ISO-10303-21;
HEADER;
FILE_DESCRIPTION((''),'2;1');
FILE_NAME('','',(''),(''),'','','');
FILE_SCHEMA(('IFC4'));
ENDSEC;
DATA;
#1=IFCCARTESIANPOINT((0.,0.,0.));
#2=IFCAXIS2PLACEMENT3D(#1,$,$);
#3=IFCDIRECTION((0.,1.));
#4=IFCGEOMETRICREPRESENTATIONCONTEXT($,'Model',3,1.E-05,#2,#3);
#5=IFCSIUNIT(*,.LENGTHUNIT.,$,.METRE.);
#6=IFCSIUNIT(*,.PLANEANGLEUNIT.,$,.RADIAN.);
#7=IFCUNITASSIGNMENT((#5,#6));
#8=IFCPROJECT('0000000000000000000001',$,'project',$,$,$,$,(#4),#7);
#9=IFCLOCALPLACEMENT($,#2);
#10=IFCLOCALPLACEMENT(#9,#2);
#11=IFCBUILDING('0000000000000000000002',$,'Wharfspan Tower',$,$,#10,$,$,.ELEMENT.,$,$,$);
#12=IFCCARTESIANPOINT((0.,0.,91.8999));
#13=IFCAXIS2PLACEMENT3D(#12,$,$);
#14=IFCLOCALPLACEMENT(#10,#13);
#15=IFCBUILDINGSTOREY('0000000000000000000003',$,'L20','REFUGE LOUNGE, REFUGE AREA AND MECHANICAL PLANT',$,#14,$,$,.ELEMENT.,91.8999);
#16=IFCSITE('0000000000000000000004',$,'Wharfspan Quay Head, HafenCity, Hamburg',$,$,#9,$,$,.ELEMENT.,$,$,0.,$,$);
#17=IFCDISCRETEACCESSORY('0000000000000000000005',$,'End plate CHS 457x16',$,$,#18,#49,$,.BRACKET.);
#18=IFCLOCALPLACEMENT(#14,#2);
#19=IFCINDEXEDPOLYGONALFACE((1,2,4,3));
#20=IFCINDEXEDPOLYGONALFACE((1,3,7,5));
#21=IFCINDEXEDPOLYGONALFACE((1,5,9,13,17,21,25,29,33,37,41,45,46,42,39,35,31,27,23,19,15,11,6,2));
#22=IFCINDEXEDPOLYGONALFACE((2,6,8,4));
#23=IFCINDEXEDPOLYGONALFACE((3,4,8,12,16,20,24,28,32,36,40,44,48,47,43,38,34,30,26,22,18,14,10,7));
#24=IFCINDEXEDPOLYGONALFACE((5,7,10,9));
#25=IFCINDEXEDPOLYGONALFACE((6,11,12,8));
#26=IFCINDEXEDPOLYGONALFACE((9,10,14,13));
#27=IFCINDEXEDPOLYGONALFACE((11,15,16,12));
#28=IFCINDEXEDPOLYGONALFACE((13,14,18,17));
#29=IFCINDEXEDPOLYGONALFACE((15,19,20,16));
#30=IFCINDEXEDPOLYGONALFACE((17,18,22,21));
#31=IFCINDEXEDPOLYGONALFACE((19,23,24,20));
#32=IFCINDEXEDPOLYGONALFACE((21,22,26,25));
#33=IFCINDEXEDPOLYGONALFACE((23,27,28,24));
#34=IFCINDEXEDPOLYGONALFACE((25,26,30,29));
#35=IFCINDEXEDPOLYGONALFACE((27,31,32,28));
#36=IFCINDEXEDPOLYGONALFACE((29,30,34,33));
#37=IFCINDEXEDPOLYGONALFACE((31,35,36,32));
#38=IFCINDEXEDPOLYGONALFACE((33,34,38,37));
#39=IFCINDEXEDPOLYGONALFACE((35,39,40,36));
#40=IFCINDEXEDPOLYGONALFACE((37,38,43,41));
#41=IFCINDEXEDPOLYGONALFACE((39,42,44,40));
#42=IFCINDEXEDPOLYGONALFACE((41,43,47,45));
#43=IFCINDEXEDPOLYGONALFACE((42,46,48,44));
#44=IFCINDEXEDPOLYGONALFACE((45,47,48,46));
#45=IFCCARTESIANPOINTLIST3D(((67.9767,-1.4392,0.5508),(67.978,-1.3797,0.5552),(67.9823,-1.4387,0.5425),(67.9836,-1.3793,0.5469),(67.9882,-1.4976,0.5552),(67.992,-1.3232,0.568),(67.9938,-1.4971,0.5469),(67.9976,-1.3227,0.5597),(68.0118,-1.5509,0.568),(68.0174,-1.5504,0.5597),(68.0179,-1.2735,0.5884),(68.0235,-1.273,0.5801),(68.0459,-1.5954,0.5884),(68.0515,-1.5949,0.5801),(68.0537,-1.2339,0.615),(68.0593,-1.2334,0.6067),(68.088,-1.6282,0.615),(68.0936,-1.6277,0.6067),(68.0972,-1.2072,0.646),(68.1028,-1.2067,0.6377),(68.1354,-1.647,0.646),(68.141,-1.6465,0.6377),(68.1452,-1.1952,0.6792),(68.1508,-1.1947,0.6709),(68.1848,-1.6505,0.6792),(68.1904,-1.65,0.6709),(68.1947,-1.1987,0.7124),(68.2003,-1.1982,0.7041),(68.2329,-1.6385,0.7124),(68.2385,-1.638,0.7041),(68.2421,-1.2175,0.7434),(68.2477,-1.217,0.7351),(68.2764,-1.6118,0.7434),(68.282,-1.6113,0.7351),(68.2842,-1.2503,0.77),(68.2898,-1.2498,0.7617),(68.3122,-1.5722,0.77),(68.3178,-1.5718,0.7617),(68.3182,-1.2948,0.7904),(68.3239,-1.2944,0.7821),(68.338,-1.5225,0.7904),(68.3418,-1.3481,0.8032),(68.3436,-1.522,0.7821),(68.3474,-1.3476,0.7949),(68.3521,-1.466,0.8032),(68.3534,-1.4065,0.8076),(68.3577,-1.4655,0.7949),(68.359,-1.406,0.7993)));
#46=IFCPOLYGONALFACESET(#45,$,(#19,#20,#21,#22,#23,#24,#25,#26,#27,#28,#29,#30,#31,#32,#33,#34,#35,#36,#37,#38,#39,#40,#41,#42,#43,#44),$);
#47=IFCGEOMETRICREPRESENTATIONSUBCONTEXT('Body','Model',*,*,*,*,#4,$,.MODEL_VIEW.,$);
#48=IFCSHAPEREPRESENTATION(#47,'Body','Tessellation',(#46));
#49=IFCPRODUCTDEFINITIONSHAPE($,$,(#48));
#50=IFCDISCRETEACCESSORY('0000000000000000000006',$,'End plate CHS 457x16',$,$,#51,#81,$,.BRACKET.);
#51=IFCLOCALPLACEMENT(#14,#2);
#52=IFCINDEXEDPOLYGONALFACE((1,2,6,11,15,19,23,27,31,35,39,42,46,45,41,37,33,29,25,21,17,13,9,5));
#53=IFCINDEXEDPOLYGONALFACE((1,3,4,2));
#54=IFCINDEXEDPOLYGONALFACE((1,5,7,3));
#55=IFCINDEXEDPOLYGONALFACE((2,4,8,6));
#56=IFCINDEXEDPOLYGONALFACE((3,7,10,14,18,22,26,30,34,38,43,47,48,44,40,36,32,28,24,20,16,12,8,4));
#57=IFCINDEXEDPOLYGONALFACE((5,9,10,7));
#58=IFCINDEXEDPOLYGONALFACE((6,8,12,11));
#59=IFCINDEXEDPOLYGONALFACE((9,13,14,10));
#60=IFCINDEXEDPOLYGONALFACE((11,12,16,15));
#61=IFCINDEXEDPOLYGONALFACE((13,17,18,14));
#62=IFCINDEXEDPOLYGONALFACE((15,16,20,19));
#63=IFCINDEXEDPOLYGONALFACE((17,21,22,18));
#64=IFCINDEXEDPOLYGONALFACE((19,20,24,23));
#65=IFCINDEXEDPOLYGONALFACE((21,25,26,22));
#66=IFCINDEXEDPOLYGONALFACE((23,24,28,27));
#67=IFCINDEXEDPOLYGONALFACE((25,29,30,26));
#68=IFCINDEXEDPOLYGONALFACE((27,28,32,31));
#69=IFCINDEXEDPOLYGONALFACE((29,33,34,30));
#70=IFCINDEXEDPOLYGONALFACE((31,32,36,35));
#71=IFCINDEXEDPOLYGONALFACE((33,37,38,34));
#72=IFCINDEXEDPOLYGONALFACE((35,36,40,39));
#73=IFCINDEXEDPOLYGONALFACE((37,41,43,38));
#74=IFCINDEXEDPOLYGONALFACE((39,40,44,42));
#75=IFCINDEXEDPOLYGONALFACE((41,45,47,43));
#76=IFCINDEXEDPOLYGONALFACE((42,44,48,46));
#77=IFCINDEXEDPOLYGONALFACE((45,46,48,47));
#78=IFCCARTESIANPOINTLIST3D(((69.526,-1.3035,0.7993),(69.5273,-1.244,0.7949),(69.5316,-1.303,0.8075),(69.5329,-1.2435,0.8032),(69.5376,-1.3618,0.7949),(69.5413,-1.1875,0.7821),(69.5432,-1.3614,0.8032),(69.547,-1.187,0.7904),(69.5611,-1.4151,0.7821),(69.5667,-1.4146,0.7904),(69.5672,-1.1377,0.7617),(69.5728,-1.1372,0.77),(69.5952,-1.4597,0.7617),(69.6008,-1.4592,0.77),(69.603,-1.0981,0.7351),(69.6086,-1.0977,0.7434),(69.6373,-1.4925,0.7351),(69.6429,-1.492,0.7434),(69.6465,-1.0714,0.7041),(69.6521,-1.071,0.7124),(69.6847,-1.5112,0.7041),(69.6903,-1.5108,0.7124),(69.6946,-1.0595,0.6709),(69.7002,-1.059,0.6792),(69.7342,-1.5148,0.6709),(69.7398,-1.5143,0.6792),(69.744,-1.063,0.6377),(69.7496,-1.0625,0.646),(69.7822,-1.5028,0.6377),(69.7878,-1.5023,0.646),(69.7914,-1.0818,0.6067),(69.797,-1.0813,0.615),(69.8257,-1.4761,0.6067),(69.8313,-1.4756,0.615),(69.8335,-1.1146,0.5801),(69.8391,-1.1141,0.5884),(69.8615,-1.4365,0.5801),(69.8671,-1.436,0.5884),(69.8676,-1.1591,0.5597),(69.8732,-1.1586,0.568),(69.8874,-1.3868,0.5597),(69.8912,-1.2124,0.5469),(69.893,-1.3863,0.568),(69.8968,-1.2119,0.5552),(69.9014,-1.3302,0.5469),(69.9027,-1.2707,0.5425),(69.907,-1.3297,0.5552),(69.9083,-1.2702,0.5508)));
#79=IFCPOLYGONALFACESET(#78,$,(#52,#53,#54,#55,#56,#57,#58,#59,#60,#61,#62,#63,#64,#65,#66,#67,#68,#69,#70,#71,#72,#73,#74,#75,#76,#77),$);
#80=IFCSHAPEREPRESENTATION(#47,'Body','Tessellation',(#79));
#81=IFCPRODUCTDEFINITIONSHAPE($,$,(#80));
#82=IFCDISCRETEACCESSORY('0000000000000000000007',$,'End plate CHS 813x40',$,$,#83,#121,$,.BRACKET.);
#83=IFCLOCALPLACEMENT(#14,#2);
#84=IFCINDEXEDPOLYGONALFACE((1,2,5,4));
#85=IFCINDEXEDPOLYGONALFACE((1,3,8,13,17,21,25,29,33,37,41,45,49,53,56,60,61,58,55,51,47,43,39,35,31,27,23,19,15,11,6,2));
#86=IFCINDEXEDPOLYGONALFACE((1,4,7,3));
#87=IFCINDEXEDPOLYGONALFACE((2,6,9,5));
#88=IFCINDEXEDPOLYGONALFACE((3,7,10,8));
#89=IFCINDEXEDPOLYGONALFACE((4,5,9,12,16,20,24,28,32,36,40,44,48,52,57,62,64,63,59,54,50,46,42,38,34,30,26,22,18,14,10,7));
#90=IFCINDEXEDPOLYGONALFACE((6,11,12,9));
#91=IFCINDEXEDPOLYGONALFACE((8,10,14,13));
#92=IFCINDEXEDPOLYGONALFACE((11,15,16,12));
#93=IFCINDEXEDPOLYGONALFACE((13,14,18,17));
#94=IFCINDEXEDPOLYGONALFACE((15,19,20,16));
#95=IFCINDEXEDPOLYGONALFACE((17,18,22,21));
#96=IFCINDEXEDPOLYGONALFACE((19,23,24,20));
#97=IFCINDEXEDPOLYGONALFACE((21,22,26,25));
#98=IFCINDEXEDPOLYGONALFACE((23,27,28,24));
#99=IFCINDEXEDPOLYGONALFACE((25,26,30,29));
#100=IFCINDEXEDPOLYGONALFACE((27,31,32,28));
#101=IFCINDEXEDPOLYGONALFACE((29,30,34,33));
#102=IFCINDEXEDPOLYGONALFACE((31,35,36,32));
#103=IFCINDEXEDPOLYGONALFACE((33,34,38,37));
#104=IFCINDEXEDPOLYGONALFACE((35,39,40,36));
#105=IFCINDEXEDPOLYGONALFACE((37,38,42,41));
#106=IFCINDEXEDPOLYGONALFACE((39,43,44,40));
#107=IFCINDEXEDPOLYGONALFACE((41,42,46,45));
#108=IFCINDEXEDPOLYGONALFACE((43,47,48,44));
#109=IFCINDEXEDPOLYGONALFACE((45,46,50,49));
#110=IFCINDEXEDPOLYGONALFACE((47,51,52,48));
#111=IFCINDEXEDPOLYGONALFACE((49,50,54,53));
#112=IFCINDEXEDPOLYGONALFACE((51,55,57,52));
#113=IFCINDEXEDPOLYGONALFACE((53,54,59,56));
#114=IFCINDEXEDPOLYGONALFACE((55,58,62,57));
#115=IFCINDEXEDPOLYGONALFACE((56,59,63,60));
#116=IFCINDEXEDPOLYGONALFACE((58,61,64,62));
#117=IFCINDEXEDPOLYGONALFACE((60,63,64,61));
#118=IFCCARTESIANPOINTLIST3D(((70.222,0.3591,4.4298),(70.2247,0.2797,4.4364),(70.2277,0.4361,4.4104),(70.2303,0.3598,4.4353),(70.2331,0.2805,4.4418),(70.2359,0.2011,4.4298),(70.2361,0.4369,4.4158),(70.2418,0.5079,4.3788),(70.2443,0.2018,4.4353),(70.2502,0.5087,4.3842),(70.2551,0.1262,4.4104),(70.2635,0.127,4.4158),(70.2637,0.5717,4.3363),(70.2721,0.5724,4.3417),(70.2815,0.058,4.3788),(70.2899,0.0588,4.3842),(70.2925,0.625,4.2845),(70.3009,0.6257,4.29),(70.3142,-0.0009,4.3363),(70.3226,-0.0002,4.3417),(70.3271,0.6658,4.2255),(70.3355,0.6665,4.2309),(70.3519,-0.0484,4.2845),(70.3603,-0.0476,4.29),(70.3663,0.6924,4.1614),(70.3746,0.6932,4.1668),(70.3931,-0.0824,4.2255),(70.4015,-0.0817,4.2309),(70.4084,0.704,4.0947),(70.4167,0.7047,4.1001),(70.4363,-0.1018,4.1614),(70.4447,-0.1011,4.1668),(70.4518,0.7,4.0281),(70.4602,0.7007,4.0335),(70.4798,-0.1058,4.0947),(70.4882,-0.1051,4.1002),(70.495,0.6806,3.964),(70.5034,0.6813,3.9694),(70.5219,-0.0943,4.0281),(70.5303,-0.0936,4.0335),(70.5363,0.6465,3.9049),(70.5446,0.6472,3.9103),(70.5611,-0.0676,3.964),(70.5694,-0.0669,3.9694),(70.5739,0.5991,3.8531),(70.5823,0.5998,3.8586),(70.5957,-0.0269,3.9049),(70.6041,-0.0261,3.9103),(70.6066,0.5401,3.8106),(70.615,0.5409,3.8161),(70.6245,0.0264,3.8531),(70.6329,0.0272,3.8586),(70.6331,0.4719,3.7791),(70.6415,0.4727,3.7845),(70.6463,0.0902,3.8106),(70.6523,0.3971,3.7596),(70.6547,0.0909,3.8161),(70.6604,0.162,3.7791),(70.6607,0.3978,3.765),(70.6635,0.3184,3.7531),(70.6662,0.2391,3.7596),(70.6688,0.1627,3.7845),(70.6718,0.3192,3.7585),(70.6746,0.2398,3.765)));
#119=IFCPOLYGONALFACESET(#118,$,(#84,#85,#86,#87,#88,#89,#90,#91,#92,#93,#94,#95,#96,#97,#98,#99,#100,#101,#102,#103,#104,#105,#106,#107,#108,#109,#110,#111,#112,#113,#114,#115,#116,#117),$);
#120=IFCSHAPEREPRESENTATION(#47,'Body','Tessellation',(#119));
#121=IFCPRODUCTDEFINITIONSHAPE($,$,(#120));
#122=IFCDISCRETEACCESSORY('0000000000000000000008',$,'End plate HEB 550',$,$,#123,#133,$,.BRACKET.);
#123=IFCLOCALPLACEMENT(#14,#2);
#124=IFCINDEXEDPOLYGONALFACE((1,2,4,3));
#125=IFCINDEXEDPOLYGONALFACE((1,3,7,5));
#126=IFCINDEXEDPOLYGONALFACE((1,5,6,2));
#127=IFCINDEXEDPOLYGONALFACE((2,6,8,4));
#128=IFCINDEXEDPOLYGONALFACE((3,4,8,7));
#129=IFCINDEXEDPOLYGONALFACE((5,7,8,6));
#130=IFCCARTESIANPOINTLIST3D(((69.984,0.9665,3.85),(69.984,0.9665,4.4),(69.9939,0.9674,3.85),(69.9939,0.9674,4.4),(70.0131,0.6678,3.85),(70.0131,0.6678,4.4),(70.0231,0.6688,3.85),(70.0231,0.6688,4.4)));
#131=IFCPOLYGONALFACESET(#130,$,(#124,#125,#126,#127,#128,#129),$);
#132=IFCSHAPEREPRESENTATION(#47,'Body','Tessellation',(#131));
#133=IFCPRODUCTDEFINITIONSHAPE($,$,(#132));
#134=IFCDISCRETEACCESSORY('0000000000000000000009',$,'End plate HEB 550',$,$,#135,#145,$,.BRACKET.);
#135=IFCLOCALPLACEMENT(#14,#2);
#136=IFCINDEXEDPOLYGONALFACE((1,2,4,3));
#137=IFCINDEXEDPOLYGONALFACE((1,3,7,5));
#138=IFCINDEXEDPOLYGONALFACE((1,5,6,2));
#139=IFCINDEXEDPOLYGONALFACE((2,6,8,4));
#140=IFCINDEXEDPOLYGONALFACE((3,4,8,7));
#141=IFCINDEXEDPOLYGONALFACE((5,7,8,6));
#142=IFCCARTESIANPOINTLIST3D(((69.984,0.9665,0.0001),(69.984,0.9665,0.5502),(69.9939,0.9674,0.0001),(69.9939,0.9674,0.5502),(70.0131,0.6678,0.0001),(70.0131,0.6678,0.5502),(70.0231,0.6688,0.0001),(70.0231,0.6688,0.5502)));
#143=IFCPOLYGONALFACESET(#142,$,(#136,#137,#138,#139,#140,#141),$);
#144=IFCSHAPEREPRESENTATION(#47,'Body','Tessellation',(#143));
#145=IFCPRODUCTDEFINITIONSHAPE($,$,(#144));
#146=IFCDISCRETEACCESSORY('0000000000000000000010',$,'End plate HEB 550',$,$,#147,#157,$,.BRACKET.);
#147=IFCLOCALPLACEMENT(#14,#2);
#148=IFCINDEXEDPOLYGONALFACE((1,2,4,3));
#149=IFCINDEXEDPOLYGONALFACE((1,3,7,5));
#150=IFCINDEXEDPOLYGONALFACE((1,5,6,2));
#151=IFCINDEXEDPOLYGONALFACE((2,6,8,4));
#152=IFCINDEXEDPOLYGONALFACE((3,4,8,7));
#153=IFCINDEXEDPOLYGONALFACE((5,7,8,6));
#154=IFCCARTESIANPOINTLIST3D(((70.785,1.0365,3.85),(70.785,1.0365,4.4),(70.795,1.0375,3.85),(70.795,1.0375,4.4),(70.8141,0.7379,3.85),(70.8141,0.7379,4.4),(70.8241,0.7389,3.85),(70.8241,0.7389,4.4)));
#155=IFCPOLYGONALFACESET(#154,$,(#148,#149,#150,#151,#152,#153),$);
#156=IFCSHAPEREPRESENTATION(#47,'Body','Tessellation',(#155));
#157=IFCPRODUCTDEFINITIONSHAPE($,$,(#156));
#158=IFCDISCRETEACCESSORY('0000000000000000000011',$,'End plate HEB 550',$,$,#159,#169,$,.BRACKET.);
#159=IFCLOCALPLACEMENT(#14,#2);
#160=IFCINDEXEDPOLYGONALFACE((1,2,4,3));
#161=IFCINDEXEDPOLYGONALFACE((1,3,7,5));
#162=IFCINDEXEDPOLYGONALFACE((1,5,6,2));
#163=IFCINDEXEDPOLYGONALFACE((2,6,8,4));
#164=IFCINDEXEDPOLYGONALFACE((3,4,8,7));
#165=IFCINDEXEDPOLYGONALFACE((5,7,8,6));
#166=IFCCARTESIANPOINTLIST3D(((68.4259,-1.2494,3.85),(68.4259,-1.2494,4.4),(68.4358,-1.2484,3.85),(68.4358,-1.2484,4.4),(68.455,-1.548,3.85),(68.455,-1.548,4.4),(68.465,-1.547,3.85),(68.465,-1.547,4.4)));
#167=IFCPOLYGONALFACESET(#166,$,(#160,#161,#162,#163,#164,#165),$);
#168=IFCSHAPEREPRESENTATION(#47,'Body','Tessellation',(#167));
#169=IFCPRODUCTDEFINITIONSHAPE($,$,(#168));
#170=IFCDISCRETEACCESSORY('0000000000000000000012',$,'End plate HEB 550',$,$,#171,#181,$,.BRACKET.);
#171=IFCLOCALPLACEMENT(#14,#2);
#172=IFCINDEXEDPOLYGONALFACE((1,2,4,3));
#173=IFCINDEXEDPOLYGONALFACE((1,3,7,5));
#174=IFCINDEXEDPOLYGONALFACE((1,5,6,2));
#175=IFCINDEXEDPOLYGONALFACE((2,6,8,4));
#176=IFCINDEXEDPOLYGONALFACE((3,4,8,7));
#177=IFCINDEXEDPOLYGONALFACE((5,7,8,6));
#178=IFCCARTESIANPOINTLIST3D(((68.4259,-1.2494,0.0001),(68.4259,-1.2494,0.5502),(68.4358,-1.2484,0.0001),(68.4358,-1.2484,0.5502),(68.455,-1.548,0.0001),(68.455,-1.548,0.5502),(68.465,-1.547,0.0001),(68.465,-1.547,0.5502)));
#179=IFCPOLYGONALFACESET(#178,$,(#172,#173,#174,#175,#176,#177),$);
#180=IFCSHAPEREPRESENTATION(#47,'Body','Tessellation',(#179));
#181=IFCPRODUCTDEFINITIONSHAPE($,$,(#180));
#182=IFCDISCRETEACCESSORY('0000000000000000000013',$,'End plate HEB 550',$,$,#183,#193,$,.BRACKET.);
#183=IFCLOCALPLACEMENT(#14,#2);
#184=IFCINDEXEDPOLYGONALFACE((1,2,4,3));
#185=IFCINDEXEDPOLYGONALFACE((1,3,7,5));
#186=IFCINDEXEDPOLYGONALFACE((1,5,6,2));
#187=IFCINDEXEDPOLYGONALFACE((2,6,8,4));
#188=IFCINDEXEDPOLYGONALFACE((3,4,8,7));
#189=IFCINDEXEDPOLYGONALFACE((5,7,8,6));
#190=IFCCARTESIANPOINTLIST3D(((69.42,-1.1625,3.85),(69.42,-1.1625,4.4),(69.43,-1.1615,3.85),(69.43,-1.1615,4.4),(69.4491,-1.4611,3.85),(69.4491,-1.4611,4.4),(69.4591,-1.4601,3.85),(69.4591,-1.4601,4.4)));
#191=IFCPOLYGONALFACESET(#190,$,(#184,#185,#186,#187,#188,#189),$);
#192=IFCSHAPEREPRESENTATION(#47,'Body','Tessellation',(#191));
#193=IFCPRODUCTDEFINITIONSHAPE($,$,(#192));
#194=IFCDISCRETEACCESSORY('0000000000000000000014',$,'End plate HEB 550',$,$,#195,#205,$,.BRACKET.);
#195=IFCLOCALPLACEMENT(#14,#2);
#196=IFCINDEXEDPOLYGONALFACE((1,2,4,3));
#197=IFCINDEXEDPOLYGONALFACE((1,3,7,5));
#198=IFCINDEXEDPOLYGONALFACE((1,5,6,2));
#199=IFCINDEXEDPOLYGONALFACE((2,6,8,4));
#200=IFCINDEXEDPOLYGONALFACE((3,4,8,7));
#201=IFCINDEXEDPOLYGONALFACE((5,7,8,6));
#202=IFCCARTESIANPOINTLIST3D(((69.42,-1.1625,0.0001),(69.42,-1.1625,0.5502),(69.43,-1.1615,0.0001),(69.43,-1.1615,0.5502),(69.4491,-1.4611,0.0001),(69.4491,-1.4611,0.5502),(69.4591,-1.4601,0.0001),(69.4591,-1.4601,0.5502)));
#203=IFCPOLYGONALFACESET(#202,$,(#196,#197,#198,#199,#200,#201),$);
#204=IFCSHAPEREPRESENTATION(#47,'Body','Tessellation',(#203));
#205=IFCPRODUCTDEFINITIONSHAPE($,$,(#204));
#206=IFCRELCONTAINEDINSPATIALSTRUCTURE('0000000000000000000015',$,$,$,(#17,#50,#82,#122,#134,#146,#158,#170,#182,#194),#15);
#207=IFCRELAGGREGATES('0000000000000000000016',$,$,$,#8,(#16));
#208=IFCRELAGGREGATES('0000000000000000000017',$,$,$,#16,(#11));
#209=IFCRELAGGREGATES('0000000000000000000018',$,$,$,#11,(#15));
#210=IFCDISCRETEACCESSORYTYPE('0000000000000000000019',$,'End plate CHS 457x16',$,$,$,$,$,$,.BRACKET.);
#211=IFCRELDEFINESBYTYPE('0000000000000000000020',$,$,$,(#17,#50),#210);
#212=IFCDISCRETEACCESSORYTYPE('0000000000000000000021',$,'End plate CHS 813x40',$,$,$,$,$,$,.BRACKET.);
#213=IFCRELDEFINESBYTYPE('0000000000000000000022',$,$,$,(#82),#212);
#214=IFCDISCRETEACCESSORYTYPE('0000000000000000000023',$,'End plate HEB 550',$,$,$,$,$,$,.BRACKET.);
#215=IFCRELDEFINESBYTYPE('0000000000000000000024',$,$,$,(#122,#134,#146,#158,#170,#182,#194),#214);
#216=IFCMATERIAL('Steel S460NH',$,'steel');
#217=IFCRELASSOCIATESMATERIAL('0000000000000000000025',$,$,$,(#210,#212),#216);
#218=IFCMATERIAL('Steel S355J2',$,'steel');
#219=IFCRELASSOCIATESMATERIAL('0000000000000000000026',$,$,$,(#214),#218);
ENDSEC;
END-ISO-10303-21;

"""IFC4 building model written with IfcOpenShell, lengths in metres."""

from ifc_helpers import new_model, si_unit, direction, frame, origin, origin_2d, place, context, subcontext, project, spatial, rectangle, circle, extrude, material, material_profile, profile_set, type_object, element, save


model = new_model("IFC4")

# Units and contexts
model_context = context("Model", 3, precision=1e-05, world=origin(), true_north=direction((0.0, 1.0)))
body_context = subcontext(model_context, "Body", "Model", "MODEL_VIEW")
ifc_project = project(units=[si_unit("LENGTHUNIT", "METRE"), si_unit("PLANEANGLEUNIT", "RADIAN")], contexts=[model_context])

# Site, building, storey
site_placement = place(None, origin())
site = spatial("IfcSite", under=ifc_project, at=site_placement, Name="Wharfspan Quay Head, HafenCity, Hamburg", CompositionType="ELEMENT", RefElevation=0.0)
building_placement = place(site_placement, origin())
building = spatial("IfcBuilding", under=site, at=building_placement, Name="Wharfspan Tower", CompositionType="ELEMENT")
storey_placement = place(building_placement, frame((0.0, 0.0, 91.8999)))
storey = spatial("IfcBuildingStorey", under=building, at=storey_placement, Name="L20", Description="REFUGE LOUNGE, REFUGE AREA AND MECHANICAL PLANT", CompositionType="ELEMENT", Elevation=91.8999)

# Shared definitions
ifc_material_1 = material(Name="Steel S355J2", Category="steel")

# Shared definitions
ifc_material_2 = material(Name="Steel S460NH", Category="steel")

# Discrete accessories
ifc_material_profile_1 = material_profile(ifc_material_2, circle(Radius=0.2285, at=origin_2d()))
ifc_profile_set_1 = profile_set([ifc_material_profile_1], Name="Steel S460NH")
discrete_accessory_type_1 = type_object("IfcDiscreteAccessoryType", Name="End plate CHS 457x16", PredefinedType="BRACKET", material=ifc_profile_set_1)
for number, where, z_axis, x_axis, name in (
    (1, (68.165, -1.4229, 0.6792), (0.559645, 0.048665, -0.827302), (-0.086627, 0.99624, 0.000002), "End plate CHS 457x16"),
    (2, (69.7144, -1.2871, 0.6709), (0.559645, 0.048665, 0.827302), (-0.086627, 0.99624, -0.000002), "End plate CHS 457x16"),
):
    element("IfcDiscreteAccessory", number, at=place(storey_placement, frame(where, z_axis=z_axis, x_axis=x_axis)), inside=storey, type_object=discrete_accessory_type_1, Name=name, PredefinedType="BRACKET", context=body_context, shape_type="SweptSolid", body=[
        extrude(circle(Radius=0.2285, at=origin_2d()), origin(), (0.0, 0.0, 1.0), 0.01),
    ])
ifc_material_profile_2 = material_profile(ifc_material_2, circle(Radius=0.4065, at=origin_2d()))
ifc_profile_set_2 = profile_set([ifc_material_profile_2], Name="Steel S460NH")
discrete_accessory_type_2 = type_object("IfcDiscreteAccessoryType", Name="End plate CHS 813x40", PredefinedType="BRACKET", material=ifc_profile_set_2)
discrete_accessory_placement = place(storey_placement, frame((70.4441, 0.2991, 4.0947), z_axis=(0.837276, 0.073877, 0.541767), x_axis=(-0.087893, 0.996132, -0.000001)))
element("IfcDiscreteAccessory", 3, at=discrete_accessory_placement, inside=storey, type_object=discrete_accessory_type_2, Name="End plate CHS 813x40", PredefinedType="BRACKET", context=body_context, shape_type="SweptSolid", body=[
    extrude(circle(Radius=0.4065, at=origin_2d()), origin(), (0.0, 0.0, 1.0), 0.01),
])
ifc_material_profile_3 = material_profile(ifc_material_1, rectangle(XDim=0.3, YDim=0.55, at=origin_2d()))
ifc_profile_set_3 = profile_set([ifc_material_profile_3], Name="Steel S355J2")
discrete_accessory_type_3 = type_object("IfcDiscreteAccessoryType", Name="End plate HEB 550", PredefinedType="BRACKET", material=ifc_profile_set_3)
for number, where, z_axis, x_axis, name in (
    (4, (69.9985, 0.8171, 4.125), (0.995275, 0.0971, 0.0), (-0.0971, 0.995275, 0.0), "End plate HEB 550"),
    (5, (69.9985, 0.8171, 0.2751), (0.995275, 0.0971, 0.0), (-0.0971, 0.995275, 0.0), "End plate HEB 550"),
    (6, (70.7996, 0.8872, 4.125), (0.995275, 0.0971, 0.0), (-0.0971, 0.995275, 0.0), "End plate HEB 550"),
    (7, (68.4404, -1.3987, 4.125), (0.995275, 0.0971, 0.0), (-0.0971, 0.995275, 0.0), "End plate HEB 550"),
    (8, (68.4404, -1.3987, 0.2751), (0.995275, 0.0971, 0.0), (-0.0971, 0.995275, 0.0), "End plate HEB 550"),
    (9, (69.4346, -1.3118, 4.125), (0.995275, 0.0971, 0.0), (-0.0971, 0.995275, 0.0), "End plate HEB 550"),
    (10, (69.4346, -1.3118, 0.2751), (0.995275, 0.0971, 0.0), (-0.0971, 0.995275, 0.0), "End plate HEB 550"),
):
    element("IfcDiscreteAccessory", number, at=place(storey_placement, frame(where, z_axis=z_axis, x_axis=x_axis)), inside=storey, type_object=discrete_accessory_type_3, Name=name, PredefinedType="BRACKET", context=body_context, shape_type="SweptSolid", body=[
        extrude(rectangle(XDim=0.3, YDim=0.55, at=origin_2d()), origin(), (0.0, 0.0, 1.0), 0.01),
    ])

save(model, "model.ifc")
